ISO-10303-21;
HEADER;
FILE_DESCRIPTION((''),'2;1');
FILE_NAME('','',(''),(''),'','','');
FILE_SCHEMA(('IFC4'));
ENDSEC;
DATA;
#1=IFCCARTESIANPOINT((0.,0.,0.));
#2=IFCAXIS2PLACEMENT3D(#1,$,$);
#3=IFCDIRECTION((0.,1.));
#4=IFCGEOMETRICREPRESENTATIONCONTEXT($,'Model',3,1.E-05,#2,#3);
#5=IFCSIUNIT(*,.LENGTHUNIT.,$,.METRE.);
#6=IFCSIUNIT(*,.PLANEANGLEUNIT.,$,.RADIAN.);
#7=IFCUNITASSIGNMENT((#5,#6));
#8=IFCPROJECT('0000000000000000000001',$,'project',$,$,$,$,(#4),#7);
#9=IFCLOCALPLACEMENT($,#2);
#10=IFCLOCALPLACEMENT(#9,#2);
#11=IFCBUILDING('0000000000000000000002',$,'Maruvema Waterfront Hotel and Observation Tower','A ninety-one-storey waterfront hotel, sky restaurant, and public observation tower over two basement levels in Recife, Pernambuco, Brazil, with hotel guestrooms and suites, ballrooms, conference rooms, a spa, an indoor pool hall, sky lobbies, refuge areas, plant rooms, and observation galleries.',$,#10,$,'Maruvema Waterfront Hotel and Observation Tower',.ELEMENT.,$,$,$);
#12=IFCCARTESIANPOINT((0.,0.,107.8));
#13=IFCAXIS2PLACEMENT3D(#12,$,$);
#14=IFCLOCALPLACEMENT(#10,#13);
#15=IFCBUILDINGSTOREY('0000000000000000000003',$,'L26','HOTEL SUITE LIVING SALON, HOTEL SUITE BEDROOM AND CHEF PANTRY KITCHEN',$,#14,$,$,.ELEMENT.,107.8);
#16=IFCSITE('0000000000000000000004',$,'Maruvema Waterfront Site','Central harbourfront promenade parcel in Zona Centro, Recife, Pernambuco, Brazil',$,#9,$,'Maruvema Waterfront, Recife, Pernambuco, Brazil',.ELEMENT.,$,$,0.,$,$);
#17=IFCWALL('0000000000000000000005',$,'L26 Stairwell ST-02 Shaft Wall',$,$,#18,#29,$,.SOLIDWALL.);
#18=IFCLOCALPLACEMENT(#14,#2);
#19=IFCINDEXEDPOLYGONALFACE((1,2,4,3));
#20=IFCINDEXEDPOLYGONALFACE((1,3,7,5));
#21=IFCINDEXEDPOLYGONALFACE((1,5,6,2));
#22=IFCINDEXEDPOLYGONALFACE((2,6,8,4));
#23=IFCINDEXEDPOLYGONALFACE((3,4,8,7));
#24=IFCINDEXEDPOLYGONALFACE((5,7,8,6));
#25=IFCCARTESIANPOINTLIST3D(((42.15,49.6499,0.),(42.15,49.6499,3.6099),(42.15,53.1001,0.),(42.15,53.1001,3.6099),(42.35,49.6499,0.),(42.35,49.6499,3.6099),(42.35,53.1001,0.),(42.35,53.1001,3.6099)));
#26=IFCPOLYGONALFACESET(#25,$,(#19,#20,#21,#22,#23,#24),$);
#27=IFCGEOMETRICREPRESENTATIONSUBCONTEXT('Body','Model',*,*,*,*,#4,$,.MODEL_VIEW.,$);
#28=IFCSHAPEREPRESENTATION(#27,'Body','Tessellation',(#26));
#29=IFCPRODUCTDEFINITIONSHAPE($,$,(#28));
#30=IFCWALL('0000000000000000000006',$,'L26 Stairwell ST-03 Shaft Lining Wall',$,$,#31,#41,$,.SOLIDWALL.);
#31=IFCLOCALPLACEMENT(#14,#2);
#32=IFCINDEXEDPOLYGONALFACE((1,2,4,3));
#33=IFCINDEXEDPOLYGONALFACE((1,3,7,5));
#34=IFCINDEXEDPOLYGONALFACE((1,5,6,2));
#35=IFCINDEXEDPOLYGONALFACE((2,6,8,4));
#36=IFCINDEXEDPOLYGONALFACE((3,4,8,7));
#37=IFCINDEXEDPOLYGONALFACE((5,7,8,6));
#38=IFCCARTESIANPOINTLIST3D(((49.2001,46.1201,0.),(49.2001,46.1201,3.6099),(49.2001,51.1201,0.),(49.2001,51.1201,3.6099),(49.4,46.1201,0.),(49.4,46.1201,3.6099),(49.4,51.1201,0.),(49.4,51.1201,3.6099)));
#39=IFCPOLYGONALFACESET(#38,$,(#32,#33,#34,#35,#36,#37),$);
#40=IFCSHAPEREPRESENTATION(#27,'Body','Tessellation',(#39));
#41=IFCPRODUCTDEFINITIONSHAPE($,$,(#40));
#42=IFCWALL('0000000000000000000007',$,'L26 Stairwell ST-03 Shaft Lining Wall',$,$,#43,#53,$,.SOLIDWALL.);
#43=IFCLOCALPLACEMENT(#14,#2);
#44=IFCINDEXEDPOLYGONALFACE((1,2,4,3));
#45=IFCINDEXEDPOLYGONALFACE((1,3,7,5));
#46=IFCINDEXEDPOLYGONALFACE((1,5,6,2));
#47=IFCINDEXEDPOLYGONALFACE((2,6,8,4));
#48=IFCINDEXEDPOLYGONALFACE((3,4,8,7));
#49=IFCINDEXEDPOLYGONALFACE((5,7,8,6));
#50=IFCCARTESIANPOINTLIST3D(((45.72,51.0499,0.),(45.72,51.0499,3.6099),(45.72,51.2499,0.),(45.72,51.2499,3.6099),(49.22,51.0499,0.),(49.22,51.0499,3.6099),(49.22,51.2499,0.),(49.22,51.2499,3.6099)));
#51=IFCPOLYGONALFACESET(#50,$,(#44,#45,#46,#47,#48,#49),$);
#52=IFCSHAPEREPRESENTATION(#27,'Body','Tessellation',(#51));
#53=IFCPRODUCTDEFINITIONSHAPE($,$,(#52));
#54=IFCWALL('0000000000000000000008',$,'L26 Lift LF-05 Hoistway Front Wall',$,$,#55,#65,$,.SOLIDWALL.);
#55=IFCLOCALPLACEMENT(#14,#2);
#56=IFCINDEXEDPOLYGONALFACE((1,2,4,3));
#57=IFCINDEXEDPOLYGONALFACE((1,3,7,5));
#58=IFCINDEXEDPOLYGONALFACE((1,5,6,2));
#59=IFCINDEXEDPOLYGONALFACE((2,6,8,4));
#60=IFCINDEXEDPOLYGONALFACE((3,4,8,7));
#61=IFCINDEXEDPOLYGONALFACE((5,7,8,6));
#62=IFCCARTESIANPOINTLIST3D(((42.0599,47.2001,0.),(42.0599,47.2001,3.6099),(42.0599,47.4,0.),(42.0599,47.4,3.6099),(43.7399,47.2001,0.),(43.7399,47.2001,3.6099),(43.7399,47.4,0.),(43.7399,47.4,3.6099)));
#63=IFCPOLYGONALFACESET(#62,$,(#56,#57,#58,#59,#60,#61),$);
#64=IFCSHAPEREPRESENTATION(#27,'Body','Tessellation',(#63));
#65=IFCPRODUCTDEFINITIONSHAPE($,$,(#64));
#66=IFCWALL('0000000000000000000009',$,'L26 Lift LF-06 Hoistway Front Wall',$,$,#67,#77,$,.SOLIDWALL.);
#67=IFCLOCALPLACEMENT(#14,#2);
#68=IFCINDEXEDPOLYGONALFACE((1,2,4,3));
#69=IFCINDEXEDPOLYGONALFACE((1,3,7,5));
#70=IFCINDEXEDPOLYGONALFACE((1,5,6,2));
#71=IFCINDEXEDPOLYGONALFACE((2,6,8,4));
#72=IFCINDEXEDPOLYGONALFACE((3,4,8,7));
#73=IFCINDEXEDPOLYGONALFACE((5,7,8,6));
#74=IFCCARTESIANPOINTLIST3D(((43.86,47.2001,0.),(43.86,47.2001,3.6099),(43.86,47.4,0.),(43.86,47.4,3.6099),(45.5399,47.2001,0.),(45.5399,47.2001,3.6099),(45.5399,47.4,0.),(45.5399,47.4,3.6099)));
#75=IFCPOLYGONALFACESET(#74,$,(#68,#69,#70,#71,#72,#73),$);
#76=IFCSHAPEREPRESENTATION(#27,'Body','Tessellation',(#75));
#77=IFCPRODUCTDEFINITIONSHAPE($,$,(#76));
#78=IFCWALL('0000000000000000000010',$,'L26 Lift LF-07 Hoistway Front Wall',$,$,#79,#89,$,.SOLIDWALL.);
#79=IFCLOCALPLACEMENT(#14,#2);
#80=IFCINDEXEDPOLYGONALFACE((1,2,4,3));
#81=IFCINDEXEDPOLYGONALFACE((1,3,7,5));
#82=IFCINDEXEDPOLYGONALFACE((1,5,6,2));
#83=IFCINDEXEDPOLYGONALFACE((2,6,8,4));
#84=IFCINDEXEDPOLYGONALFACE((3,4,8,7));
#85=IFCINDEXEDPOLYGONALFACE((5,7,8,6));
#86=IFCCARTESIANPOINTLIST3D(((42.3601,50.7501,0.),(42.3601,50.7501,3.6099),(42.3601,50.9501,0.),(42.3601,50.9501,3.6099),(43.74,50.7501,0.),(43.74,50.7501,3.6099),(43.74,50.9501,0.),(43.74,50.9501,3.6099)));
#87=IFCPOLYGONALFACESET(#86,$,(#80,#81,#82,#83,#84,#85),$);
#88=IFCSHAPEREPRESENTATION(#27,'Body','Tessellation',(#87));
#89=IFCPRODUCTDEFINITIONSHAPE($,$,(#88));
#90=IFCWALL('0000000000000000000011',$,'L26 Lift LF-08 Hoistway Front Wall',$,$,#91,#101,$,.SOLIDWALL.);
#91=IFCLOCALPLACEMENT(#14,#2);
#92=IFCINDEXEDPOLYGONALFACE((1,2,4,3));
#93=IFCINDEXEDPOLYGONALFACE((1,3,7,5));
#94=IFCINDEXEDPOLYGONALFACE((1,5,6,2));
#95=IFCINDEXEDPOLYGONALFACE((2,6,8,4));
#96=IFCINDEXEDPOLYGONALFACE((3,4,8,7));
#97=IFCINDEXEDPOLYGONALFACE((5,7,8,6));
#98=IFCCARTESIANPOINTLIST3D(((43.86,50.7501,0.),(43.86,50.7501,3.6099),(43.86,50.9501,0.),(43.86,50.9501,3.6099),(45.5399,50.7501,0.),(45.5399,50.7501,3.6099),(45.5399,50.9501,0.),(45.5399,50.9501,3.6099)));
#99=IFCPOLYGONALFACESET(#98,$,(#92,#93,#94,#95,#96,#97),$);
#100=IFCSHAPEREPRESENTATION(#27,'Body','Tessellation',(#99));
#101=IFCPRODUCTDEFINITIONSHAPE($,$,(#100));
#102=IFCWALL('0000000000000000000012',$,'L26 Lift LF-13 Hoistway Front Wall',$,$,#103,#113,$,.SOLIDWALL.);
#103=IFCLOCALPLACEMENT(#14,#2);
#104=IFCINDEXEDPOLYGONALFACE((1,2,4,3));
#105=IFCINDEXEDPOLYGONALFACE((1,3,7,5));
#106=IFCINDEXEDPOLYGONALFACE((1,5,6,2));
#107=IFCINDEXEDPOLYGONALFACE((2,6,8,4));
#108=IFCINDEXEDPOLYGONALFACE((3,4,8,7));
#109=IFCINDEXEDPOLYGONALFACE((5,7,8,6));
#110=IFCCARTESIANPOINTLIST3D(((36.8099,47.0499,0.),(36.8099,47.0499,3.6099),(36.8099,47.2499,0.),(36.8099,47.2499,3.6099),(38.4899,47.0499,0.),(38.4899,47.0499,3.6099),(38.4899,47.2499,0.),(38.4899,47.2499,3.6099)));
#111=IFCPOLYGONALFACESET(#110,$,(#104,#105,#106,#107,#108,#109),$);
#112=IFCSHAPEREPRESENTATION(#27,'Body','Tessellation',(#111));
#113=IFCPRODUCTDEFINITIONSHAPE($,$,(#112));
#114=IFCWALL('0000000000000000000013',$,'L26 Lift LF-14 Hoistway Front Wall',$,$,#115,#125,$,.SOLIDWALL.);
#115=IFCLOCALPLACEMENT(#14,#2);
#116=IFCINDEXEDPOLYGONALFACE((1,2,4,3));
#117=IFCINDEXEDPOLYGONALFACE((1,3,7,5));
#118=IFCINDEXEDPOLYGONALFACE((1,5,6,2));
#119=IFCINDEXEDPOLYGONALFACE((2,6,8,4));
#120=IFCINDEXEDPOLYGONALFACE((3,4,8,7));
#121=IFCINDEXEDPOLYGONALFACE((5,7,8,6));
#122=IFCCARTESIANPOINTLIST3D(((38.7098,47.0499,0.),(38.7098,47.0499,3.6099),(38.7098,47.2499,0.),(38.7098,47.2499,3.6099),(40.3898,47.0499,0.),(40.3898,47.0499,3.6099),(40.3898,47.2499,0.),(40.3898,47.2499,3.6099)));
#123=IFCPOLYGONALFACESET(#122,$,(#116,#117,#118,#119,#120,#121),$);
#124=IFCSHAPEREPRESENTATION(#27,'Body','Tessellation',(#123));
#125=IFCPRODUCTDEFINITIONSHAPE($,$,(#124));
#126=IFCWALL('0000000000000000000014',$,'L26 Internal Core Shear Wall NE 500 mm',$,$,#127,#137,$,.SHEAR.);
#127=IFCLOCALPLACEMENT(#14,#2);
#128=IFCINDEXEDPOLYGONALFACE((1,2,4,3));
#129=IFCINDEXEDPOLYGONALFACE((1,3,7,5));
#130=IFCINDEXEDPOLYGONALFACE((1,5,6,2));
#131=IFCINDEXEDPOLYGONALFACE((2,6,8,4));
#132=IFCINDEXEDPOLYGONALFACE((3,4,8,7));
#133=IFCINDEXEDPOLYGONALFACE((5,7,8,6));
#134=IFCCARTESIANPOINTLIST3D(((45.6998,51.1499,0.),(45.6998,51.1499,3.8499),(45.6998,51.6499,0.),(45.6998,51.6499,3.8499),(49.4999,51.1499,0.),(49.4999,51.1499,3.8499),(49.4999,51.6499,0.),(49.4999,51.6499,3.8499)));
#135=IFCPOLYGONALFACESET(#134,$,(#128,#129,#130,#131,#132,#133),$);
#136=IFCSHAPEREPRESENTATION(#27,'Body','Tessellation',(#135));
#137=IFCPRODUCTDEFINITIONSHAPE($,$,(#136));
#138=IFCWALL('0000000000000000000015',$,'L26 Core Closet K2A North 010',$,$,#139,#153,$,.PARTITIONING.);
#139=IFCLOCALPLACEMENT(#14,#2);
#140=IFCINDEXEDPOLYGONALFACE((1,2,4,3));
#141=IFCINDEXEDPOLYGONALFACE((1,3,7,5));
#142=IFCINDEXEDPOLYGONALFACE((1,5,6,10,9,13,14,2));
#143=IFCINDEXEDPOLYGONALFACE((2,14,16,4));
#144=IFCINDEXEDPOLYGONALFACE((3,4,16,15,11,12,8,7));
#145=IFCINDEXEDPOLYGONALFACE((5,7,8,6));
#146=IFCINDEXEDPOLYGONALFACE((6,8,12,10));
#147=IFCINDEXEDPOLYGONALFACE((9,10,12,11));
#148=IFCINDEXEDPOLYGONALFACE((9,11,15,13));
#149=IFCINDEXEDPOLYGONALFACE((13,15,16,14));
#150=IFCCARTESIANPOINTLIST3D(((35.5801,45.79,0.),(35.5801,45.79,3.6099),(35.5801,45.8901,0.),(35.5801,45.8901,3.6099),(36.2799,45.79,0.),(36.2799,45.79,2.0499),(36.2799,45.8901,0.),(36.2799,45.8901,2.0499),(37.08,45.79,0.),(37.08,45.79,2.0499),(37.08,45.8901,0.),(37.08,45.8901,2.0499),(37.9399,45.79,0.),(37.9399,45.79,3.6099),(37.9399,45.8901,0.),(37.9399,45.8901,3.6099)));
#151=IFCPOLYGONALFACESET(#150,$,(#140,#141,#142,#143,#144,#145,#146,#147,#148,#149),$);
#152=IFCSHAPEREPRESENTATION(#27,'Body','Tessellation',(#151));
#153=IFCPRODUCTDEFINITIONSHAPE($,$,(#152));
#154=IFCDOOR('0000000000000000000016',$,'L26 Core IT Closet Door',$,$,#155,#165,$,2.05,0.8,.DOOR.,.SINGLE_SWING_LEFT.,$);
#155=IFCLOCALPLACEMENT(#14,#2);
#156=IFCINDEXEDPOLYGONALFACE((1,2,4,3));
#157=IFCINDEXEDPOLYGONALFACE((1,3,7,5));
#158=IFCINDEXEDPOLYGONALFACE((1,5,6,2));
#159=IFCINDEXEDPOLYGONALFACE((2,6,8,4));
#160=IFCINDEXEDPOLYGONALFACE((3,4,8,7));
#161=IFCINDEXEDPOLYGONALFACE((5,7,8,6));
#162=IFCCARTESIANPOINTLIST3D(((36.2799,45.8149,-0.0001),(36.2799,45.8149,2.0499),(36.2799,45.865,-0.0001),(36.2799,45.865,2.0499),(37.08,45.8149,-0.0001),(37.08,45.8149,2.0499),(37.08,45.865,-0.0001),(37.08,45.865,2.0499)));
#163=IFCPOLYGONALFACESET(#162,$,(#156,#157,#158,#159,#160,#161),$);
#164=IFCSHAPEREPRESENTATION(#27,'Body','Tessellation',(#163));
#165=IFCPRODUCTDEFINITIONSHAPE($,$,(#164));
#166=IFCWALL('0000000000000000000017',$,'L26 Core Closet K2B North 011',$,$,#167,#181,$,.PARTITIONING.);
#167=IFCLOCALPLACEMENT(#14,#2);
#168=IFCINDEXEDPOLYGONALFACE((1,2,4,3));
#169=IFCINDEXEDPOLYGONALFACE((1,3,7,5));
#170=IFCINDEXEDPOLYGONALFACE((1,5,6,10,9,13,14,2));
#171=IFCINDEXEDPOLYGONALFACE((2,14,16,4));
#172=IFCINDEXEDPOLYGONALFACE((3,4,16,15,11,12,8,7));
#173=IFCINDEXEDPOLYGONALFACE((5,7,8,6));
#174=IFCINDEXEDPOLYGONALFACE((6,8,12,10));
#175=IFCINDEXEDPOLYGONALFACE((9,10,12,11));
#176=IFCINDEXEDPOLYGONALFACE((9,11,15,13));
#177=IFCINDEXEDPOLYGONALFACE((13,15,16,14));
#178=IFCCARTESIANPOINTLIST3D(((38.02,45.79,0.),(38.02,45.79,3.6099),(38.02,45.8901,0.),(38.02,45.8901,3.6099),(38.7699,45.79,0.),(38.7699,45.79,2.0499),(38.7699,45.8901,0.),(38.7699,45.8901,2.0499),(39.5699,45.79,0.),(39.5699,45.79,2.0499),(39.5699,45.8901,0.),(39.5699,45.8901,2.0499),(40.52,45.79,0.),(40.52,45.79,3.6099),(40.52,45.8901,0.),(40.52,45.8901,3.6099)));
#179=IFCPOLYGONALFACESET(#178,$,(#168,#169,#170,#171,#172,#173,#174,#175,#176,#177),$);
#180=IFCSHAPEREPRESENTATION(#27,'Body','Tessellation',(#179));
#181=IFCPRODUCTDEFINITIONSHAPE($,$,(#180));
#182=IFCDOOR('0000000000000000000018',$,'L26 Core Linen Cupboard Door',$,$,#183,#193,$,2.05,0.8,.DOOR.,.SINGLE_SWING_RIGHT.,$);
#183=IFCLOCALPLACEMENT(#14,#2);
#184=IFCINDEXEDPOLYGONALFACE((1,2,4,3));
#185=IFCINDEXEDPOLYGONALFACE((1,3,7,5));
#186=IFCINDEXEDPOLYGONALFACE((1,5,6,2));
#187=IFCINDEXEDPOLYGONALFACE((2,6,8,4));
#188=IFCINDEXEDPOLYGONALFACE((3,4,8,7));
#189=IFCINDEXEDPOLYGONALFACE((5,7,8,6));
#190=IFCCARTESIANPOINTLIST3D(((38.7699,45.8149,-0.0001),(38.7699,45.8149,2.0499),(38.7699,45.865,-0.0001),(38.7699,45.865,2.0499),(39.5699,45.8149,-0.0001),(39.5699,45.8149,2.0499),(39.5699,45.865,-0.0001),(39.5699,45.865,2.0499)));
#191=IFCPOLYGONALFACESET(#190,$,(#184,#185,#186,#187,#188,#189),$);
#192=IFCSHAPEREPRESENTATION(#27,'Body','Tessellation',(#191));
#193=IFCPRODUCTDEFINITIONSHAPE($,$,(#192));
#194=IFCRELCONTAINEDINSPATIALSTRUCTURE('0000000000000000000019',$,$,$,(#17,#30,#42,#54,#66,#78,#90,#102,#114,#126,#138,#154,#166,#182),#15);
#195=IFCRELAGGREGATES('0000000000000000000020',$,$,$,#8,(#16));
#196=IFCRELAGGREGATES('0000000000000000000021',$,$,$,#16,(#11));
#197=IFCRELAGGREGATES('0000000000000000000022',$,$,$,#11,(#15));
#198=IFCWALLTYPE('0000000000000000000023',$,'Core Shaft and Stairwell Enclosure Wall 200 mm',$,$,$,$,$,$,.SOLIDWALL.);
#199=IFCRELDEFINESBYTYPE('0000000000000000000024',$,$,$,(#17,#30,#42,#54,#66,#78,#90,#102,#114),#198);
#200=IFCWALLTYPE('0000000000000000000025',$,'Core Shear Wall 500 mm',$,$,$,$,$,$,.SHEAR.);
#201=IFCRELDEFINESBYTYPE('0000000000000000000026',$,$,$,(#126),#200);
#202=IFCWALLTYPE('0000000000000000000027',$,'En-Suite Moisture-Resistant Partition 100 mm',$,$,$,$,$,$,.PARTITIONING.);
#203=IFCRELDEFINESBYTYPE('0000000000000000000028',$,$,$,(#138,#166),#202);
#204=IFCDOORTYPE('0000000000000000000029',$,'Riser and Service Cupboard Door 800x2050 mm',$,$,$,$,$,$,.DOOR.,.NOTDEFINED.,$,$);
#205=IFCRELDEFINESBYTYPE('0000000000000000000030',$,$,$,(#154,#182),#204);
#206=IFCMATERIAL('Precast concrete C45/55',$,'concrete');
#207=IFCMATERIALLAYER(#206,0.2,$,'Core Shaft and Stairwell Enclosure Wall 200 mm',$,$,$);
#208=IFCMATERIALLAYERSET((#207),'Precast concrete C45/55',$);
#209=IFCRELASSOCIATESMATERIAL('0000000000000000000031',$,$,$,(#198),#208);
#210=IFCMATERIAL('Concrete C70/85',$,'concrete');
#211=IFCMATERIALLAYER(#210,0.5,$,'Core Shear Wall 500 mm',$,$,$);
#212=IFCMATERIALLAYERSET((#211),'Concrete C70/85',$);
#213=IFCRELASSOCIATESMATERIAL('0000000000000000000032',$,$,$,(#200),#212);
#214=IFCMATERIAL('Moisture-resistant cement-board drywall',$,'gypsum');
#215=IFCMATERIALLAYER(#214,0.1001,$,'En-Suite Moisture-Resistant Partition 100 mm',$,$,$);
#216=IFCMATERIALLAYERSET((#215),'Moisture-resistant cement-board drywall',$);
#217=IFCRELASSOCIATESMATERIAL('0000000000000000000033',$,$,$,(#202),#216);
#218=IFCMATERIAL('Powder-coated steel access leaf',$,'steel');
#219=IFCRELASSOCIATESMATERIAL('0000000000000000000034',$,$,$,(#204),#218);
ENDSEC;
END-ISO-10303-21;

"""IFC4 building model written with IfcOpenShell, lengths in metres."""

from ifc_helpers import new_model, si_unit, direction, frame, frame_2d, origin, place, context, subcontext, project, spatial, rectangle, extrude, material, layer, layer_set, type_object, element, fill, save


model = new_model("IFC4")

# Units and contexts
model_context = context("Model", 3, precision=1e-05, world=origin(), true_north=direction((0.0, 1.0)))
body_context = subcontext(model_context, "Body", "Model", "MODEL_VIEW")
ifc_project = project(units=[si_unit("LENGTHUNIT", "METRE"), si_unit("PLANEANGLEUNIT", "RADIAN")], contexts=[model_context])

# Site, building, storey
site_placement = place(None, origin())
site = spatial("IfcSite", under=ifc_project, at=site_placement, Name="Maruvema Waterfront Site", Description="Central harbourfront promenade parcel in Zona Centro, Recife, Pernambuco, Brazil", LongName="Maruvema Waterfront, Recife, Pernambuco, Brazil", CompositionType="ELEMENT", RefElevation=0.0)
building_placement = place(site_placement, origin())
building = spatial("IfcBuilding", under=site, at=building_placement, Name="Maruvema Waterfront Hotel and Observation Tower", Description="A ninety-one-storey waterfront hotel, sky restaurant, and public observation tower over two basement levels in Recife, Pernambuco, Brazil, with hotel guestrooms and suites, ballrooms, conference rooms, a spa, an indoor pool hall, sky lobbies, refuge areas, plant rooms, and observation galleries.", LongName="Maruvema Waterfront Hotel and Observation Tower", CompositionType="ELEMENT")
storey_placement = place(building_placement, frame((0.0, 0.0, 107.8)))
storey = spatial("IfcBuildingStorey", under=building, at=storey_placement, Name="L26", Description="HOTEL SUITE LIVING SALON, HOTEL SUITE BEDROOM AND CHEF PANTRY KITCHEN", CompositionType="ELEMENT", Elevation=107.8)

# Walls
ifc_material_1 = material(Name="Precast concrete C45/55", Category="concrete")
ifc_layer_1 = layer(ifc_material_1, 0.2, Name="Core Shaft and Stairwell Enclosure Wall 200 mm")
ifc_layer_set_1 = layer_set([ifc_layer_1], Name="Precast concrete C45/55")
wall_type_1 = type_object("IfcWallType", Name="Core Shaft and Stairwell Enclosure Wall 200 mm", PredefinedType="SOLIDWALL", material=ifc_layer_set_1)
wall_1_placement = place(storey_placement, frame((42.25, 49.6499, 0.0), z_axis=(0.0, 0.0, 1.0), x_axis=(0.0, 1.0, 0.0)))
element("IfcWall", 1, at=wall_1_placement, inside=storey, type_object=wall_type_1, Name="L26 Stairwell ST-02 Shaft Wall", PredefinedType="SOLIDWALL", context=body_context, shape_type="SweptSolid", body=[
    extrude(rectangle(XDim=3.4502, YDim=0.2, at=frame_2d((1.7251, 0.0))), origin(), (0.0, 0.0, 1.0), 3.6099),
])
wall_2_placement = place(storey_placement, frame((49.3, 46.1201, 0.0), z_axis=(0.0, 0.0, 1.0), x_axis=(0.0, 1.0, 0.0)))
element("IfcWall", 2, at=wall_2_placement, inside=storey, type_object=wall_type_1, Name="L26 Stairwell ST-03 Shaft Lining Wall", PredefinedType="SOLIDWALL", context=body_context, shape_type="SweptSolid", body=[
    extrude(rectangle(XDim=5.0, YDim=0.2, at=frame_2d((2.5, 0.0))), origin(), (0.0, 0.0, 1.0), 3.6099),
])
wall_3_placement = place(storey_placement, frame((45.72, 51.1499, 0.0), z_axis=(0.0, 0.0, 1.0), x_axis=(1.0, 0.0, 0.0)))
element("IfcWall", 3, at=wall_3_placement, inside=storey, type_object=wall_type_1, Name="L26 Stairwell ST-03 Shaft Lining Wall", PredefinedType="SOLIDWALL", context=body_context, shape_type="SweptSolid", body=[
    extrude(rectangle(XDim=3.5, YDim=0.2, at=frame_2d((1.75, 0.0))), origin(), (0.0, 0.0, 1.0), 3.6099),
])
for number, where, z_axis, x_axis, name in (
    (4, (42.0601, 47.3, 0.0), (0.0, 0.0, 1.0), (1.0, 0.0, 0.0), "L26 Lift LF-05 Hoistway Front Wall"),
    (5, (43.8601, 47.3, 0.0), (0.0, 0.0, 1.0), (1.0, 0.0, 0.0), "L26 Lift LF-06 Hoistway Front Wall"),
):
    element("IfcWall", number, at=place(storey_placement, frame(where, z_axis=z_axis, x_axis=x_axis)), inside=storey, type_object=wall_type_1, Name=name, PredefinedType="SOLIDWALL", context=body_context, shape_type="SweptSolid", body=[
        extrude(rectangle(XDim=1.6799, YDim=0.2, at=frame_2d((0.8398, 0.0))), origin(), (0.0, 0.0, 1.0), 3.6099),
    ])
wall_4_placement = place(storey_placement, frame((42.3601, 50.8501, 0.0), z_axis=(0.0, 0.0, 1.0), x_axis=(1.0, 0.0, 0.0)))
element("IfcWall", 6, at=wall_4_placement, inside=storey, type_object=wall_type_1, Name="L26 Lift LF-07 Hoistway Front Wall", PredefinedType="SOLIDWALL", context=body_context, shape_type="SweptSolid", body=[
    extrude(rectangle(XDim=1.3799, YDim=0.2, at=frame_2d((0.6899, 0.0))), origin(), (0.0, 0.0, 1.0), 3.6099),
])
for number, where, z_axis, x_axis, name in (
    (7, (43.8601, 50.8501, 0.0), (0.0, 0.0, 1.0), (1.0, 0.0, 0.0), "L26 Lift LF-08 Hoistway Front Wall"),
    (8, (36.8101, 47.1499, 0.0), (0.0, 0.0, 1.0), (1.0, 0.0, 0.0), "L26 Lift LF-13 Hoistway Front Wall"),
    (9, (38.71, 47.1499, 0.0), (0.0, 0.0, 1.0), (1.0, 0.0, 0.0), "L26 Lift LF-14 Hoistway Front Wall"),
):
    element("IfcWall", number, at=place(storey_placement, frame(where, z_axis=z_axis, x_axis=x_axis)), inside=storey, type_object=wall_type_1, Name=name, PredefinedType="SOLIDWALL", context=body_context, shape_type="SweptSolid", body=[
        extrude(rectangle(XDim=1.6799, YDim=0.2, at=frame_2d((0.8398, 0.0))), origin(), (0.0, 0.0, 1.0), 3.6099),
    ])
ifc_material_2 = material(Name="Concrete C70/85", Category="concrete")
ifc_layer_2 = layer(ifc_material_2, 0.5, Name="Core Shear Wall 500 mm")
ifc_layer_set_2 = layer_set([ifc_layer_2], Name="Concrete C70/85")
wall_type_2 = type_object("IfcWallType", Name="Core Shear Wall 500 mm", PredefinedType="SHEAR", material=ifc_layer_set_2)
wall_5_placement = place(storey_placement, frame((45.7, 51.3999, 0.0), z_axis=(0.0, 0.0, 1.0), x_axis=(1.0, 0.0, 0.0)))
element("IfcWall", 10, at=wall_5_placement, inside=storey, type_object=wall_type_2, Name="L26 Internal Core Shear Wall NE 500 mm", PredefinedType="SHEAR", context=body_context, shape_type="SweptSolid", body=[
    extrude(rectangle(XDim=3.8, YDim=0.5, at=frame_2d((1.8999, 0.0))), origin(), (0.0, 0.0, 1.0), 3.8499),
])

# Walls, openings, doors
ifc_material_3 = material(Name="Moisture-resistant cement-board drywall", Category="gypsum")
ifc_layer_3 = layer(ifc_material_3, 0.1001, Name="En-Suite Moisture-Resistant Partition 100 mm")
ifc_layer_set_3 = layer_set([ifc_layer_3], Name="Moisture-resistant cement-board drywall")
wall_type_3 = type_object("IfcWallType", Name="En-Suite Moisture-Resistant Partition 100 mm", PredefinedType="PARTITIONING", material=ifc_layer_set_3)
wall_6_placement = place(storey_placement, frame((35.5801, 45.8401, 0.0), z_axis=(0.0, 0.0, 1.0), x_axis=(1.0, 0.0, 0.0)))
wall_6 = element("IfcWall", 11, at=wall_6_placement, inside=storey, type_object=wall_type_3, Name="L26 Core Closet K2A North 010", PredefinedType="PARTITIONING", context=body_context, shape_type="SweptSolid", body=[
    extrude(rectangle(XDim=2.3599, YDim=0.1001, at=frame_2d((1.1799, 0.0))), origin(), (0.0, 0.0, 1.0), 3.6099),
])
opening_1_placement = place(wall_6_placement, frame((0.7, 0.0, 0.0)))
opening_1 = element("IfcOpeningElement", 12, at=opening_1_placement, cuts=wall_6, PredefinedType="OPENING", context=body_context, shape_type="SweptSolid", body=[
    extrude(rectangle(XDim=0.8, YDim=2.05, at=frame_2d((0.3999, 1.0249))), frame((0.0, 0.0601, 0.0), z_axis=(0.0, -1.0, 0.0), x_axis=(1.0, 0.0, 0.0)), (0.0, 0.0, 1.0), 0.1201),
])
ifc_material_4 = material(Name="Powder-coated steel access leaf", Category="steel")
door_type = type_object("IfcDoorType", Name="Riser and Service Cupboard Door 800x2050 mm", OperationType="NOTDEFINED", PredefinedType="DOOR", material=ifc_material_4)
door_1_placement = place(opening_1_placement, origin())
door_1 = element("IfcDoor", 13, at=door_1_placement, inside=storey, type_object=door_type, Name="L26 Core IT Closet Door", OperationType="SINGLE_SWING_LEFT", OverallHeight=2.05, OverallWidth=0.8, PredefinedType="DOOR", context=body_context, shape_type="SweptSolid", body=[
    extrude(rectangle(XDim=0.8, YDim=2.05, at=frame_2d((0.3999, 1.0249))), frame((0.0, 0.0249, 0.0), z_axis=(0.0, -1.0, 0.0), x_axis=(1.0, 0.0, 0.0)), (0.0, 0.0, 1.0), 0.05),
])
fill(opening_1, door_1)
wall_7_placement = place(storey_placement, frame((38.02, 45.8401, 0.0), z_axis=(0.0, 0.0, 1.0), x_axis=(1.0, 0.0, 0.0)))
wall_7 = element("IfcWall", 14, at=wall_7_placement, inside=storey, type_object=wall_type_3, Name="L26 Core Closet K2B North 011", PredefinedType="PARTITIONING", context=body_context, shape_type="SweptSolid", body=[
    extrude(rectangle(XDim=2.5, YDim=0.1001, at=frame_2d((1.25, 0.0))), origin(), (0.0, 0.0, 1.0), 3.6099),
])
opening_2_placement = place(wall_7_placement, frame((0.75, 0.0, 0.0)))
opening_2 = element("IfcOpeningElement", 15, at=opening_2_placement, cuts=wall_7, PredefinedType="OPENING", context=body_context, shape_type="SweptSolid", body=[
    extrude(rectangle(XDim=0.8, YDim=2.05, at=frame_2d((0.3999, 1.0249))), frame((0.0, 0.0601, 0.0), z_axis=(0.0, -1.0, 0.0), x_axis=(1.0, 0.0, 0.0)), (0.0, 0.0, 1.0), 0.1201),
])
door_2_placement = place(opening_2_placement, origin())
door_2 = element("IfcDoor", 16, at=door_2_placement, inside=storey, type_object=door_type, Name="L26 Core Linen Cupboard Door", OperationType="SINGLE_SWING_RIGHT", OverallHeight=2.05, OverallWidth=0.8, PredefinedType="DOOR", context=body_context, shape_type="SweptSolid", body=[
    extrude(rectangle(XDim=0.8, YDim=2.05, at=frame_2d((0.3999, 1.0249))), frame((0.0, 0.0249, 0.0), z_axis=(0.0, -1.0, 0.0), x_axis=(1.0, 0.0, 0.0)), (0.0, 0.0, 1.0), 0.05),
])
fill(opening_2, door_2)

save(model, "model.ifc")
